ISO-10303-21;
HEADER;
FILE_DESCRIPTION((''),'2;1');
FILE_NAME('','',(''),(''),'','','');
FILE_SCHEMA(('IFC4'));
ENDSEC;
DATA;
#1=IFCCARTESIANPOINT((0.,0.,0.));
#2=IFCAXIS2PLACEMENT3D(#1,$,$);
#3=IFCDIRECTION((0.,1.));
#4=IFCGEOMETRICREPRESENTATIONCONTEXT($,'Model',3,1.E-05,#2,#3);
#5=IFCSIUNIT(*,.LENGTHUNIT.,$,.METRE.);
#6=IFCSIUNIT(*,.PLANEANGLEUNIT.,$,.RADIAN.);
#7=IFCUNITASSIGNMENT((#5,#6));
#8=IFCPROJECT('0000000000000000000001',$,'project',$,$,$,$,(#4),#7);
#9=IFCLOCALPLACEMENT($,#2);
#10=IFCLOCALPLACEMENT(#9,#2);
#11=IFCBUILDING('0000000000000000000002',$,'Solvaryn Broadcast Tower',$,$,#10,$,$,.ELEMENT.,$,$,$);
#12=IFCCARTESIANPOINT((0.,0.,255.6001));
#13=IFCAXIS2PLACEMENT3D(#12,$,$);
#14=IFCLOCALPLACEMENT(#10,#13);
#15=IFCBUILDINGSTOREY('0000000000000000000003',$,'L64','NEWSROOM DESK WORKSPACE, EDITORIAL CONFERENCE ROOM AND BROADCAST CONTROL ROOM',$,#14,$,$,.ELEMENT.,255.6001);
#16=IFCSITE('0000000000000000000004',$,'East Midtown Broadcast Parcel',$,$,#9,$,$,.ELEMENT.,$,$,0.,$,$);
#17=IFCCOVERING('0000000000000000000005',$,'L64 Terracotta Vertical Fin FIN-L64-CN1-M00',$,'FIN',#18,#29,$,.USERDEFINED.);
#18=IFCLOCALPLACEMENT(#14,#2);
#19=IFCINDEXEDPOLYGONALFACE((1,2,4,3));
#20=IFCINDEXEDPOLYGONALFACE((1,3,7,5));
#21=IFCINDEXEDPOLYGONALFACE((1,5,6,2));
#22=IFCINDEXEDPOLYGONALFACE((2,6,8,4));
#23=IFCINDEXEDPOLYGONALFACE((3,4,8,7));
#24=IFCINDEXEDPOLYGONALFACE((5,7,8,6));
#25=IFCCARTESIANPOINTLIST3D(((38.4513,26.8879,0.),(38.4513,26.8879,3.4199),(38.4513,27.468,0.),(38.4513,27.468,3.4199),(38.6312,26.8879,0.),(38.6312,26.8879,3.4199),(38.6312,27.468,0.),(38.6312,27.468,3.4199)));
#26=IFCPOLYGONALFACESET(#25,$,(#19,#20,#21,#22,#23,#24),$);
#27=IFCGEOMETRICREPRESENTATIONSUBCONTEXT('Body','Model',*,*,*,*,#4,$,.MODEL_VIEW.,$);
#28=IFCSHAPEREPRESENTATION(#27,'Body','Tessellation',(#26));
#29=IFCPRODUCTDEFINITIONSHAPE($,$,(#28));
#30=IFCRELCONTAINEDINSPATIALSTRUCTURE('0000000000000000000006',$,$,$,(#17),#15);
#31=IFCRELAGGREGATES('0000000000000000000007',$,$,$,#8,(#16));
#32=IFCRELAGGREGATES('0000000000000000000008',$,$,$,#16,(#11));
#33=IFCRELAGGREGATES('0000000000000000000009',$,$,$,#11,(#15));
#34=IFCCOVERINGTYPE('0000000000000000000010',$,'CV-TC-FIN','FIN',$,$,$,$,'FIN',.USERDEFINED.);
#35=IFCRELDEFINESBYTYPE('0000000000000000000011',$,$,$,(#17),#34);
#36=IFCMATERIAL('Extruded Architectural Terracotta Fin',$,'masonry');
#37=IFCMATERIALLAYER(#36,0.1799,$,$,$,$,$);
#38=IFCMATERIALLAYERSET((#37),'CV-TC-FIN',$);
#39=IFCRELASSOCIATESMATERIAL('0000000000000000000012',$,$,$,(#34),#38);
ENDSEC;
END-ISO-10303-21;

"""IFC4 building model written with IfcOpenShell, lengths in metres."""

from ifc_helpers import new_model, si_unit, direction, frame, origin, origin_2d, place, context, subcontext, project, spatial, rectangle, extrude, material, layer, layer_set, type_object, element, save


model = new_model("IFC4")

# Units and contexts
model_context = context("Model", 3, precision=1e-05, world=origin(), true_north=direction((0.0, 1.0)))
body_context = subcontext(model_context, "Body", "Model", "MODEL_VIEW")
ifc_project = project(units=[si_unit("LENGTHUNIT", "METRE"), si_unit("PLANEANGLEUNIT", "RADIAN")], contexts=[model_context])

# Site, building, storey
site_placement = place(None, origin())
site = spatial("IfcSite", under=ifc_project, at=site_placement, Name="East Midtown Broadcast Parcel", CompositionType="ELEMENT", RefElevation=0.0)
building_placement = place(site_placement, origin())
building = spatial("IfcBuilding", under=site, at=building_placement, Name="Solvaryn Broadcast Tower", CompositionType="ELEMENT")
storey_placement = place(building_placement, frame((0.0, 0.0, 255.6001)))
storey = spatial("IfcBuildingStorey", under=building, at=storey_placement, Name="L64", Description="NEWSROOM DESK WORKSPACE, EDITORIAL CONFERENCE ROOM AND BROADCAST CONTROL ROOM", CompositionType="ELEMENT", Elevation=255.6001)

# Covering
ifc_material_1 = material(Name="Extruded Architectural Terracotta Fin", Category="masonry")
ifc_layer_1 = layer(ifc_material_1, 0.1799)
ifc_layer_set_1 = layer_set([ifc_layer_1], Name="CV-TC-FIN")
covering_type_1 = type_object("IfcCoveringType", Name="CV-TC-FIN", Description="FIN", ElementType="FIN", PredefinedType="USERDEFINED", material=ifc_layer_set_1)
covering_1_placement = place(storey_placement, frame((38.5413, 27.178, 0.0), z_axis=(0.0, 0.0, 1.0), x_axis=(1.0, 0.0, 0.0)))
element("IfcCovering", 1, at=covering_1_placement, inside=storey, type_object=covering_type_1, Name="L64 Terracotta Vertical Fin FIN-L64-CN1-M00", ObjectType="FIN", PredefinedType="USERDEFINED", context=body_context, shape_type="SweptSolid", body=[
    extrude(rectangle(XDim=0.1799, YDim=0.5801, at=origin_2d()), origin(), (0.0, 0.0, 1.0), 3.4199),
])

save(model, "model.ifc")
